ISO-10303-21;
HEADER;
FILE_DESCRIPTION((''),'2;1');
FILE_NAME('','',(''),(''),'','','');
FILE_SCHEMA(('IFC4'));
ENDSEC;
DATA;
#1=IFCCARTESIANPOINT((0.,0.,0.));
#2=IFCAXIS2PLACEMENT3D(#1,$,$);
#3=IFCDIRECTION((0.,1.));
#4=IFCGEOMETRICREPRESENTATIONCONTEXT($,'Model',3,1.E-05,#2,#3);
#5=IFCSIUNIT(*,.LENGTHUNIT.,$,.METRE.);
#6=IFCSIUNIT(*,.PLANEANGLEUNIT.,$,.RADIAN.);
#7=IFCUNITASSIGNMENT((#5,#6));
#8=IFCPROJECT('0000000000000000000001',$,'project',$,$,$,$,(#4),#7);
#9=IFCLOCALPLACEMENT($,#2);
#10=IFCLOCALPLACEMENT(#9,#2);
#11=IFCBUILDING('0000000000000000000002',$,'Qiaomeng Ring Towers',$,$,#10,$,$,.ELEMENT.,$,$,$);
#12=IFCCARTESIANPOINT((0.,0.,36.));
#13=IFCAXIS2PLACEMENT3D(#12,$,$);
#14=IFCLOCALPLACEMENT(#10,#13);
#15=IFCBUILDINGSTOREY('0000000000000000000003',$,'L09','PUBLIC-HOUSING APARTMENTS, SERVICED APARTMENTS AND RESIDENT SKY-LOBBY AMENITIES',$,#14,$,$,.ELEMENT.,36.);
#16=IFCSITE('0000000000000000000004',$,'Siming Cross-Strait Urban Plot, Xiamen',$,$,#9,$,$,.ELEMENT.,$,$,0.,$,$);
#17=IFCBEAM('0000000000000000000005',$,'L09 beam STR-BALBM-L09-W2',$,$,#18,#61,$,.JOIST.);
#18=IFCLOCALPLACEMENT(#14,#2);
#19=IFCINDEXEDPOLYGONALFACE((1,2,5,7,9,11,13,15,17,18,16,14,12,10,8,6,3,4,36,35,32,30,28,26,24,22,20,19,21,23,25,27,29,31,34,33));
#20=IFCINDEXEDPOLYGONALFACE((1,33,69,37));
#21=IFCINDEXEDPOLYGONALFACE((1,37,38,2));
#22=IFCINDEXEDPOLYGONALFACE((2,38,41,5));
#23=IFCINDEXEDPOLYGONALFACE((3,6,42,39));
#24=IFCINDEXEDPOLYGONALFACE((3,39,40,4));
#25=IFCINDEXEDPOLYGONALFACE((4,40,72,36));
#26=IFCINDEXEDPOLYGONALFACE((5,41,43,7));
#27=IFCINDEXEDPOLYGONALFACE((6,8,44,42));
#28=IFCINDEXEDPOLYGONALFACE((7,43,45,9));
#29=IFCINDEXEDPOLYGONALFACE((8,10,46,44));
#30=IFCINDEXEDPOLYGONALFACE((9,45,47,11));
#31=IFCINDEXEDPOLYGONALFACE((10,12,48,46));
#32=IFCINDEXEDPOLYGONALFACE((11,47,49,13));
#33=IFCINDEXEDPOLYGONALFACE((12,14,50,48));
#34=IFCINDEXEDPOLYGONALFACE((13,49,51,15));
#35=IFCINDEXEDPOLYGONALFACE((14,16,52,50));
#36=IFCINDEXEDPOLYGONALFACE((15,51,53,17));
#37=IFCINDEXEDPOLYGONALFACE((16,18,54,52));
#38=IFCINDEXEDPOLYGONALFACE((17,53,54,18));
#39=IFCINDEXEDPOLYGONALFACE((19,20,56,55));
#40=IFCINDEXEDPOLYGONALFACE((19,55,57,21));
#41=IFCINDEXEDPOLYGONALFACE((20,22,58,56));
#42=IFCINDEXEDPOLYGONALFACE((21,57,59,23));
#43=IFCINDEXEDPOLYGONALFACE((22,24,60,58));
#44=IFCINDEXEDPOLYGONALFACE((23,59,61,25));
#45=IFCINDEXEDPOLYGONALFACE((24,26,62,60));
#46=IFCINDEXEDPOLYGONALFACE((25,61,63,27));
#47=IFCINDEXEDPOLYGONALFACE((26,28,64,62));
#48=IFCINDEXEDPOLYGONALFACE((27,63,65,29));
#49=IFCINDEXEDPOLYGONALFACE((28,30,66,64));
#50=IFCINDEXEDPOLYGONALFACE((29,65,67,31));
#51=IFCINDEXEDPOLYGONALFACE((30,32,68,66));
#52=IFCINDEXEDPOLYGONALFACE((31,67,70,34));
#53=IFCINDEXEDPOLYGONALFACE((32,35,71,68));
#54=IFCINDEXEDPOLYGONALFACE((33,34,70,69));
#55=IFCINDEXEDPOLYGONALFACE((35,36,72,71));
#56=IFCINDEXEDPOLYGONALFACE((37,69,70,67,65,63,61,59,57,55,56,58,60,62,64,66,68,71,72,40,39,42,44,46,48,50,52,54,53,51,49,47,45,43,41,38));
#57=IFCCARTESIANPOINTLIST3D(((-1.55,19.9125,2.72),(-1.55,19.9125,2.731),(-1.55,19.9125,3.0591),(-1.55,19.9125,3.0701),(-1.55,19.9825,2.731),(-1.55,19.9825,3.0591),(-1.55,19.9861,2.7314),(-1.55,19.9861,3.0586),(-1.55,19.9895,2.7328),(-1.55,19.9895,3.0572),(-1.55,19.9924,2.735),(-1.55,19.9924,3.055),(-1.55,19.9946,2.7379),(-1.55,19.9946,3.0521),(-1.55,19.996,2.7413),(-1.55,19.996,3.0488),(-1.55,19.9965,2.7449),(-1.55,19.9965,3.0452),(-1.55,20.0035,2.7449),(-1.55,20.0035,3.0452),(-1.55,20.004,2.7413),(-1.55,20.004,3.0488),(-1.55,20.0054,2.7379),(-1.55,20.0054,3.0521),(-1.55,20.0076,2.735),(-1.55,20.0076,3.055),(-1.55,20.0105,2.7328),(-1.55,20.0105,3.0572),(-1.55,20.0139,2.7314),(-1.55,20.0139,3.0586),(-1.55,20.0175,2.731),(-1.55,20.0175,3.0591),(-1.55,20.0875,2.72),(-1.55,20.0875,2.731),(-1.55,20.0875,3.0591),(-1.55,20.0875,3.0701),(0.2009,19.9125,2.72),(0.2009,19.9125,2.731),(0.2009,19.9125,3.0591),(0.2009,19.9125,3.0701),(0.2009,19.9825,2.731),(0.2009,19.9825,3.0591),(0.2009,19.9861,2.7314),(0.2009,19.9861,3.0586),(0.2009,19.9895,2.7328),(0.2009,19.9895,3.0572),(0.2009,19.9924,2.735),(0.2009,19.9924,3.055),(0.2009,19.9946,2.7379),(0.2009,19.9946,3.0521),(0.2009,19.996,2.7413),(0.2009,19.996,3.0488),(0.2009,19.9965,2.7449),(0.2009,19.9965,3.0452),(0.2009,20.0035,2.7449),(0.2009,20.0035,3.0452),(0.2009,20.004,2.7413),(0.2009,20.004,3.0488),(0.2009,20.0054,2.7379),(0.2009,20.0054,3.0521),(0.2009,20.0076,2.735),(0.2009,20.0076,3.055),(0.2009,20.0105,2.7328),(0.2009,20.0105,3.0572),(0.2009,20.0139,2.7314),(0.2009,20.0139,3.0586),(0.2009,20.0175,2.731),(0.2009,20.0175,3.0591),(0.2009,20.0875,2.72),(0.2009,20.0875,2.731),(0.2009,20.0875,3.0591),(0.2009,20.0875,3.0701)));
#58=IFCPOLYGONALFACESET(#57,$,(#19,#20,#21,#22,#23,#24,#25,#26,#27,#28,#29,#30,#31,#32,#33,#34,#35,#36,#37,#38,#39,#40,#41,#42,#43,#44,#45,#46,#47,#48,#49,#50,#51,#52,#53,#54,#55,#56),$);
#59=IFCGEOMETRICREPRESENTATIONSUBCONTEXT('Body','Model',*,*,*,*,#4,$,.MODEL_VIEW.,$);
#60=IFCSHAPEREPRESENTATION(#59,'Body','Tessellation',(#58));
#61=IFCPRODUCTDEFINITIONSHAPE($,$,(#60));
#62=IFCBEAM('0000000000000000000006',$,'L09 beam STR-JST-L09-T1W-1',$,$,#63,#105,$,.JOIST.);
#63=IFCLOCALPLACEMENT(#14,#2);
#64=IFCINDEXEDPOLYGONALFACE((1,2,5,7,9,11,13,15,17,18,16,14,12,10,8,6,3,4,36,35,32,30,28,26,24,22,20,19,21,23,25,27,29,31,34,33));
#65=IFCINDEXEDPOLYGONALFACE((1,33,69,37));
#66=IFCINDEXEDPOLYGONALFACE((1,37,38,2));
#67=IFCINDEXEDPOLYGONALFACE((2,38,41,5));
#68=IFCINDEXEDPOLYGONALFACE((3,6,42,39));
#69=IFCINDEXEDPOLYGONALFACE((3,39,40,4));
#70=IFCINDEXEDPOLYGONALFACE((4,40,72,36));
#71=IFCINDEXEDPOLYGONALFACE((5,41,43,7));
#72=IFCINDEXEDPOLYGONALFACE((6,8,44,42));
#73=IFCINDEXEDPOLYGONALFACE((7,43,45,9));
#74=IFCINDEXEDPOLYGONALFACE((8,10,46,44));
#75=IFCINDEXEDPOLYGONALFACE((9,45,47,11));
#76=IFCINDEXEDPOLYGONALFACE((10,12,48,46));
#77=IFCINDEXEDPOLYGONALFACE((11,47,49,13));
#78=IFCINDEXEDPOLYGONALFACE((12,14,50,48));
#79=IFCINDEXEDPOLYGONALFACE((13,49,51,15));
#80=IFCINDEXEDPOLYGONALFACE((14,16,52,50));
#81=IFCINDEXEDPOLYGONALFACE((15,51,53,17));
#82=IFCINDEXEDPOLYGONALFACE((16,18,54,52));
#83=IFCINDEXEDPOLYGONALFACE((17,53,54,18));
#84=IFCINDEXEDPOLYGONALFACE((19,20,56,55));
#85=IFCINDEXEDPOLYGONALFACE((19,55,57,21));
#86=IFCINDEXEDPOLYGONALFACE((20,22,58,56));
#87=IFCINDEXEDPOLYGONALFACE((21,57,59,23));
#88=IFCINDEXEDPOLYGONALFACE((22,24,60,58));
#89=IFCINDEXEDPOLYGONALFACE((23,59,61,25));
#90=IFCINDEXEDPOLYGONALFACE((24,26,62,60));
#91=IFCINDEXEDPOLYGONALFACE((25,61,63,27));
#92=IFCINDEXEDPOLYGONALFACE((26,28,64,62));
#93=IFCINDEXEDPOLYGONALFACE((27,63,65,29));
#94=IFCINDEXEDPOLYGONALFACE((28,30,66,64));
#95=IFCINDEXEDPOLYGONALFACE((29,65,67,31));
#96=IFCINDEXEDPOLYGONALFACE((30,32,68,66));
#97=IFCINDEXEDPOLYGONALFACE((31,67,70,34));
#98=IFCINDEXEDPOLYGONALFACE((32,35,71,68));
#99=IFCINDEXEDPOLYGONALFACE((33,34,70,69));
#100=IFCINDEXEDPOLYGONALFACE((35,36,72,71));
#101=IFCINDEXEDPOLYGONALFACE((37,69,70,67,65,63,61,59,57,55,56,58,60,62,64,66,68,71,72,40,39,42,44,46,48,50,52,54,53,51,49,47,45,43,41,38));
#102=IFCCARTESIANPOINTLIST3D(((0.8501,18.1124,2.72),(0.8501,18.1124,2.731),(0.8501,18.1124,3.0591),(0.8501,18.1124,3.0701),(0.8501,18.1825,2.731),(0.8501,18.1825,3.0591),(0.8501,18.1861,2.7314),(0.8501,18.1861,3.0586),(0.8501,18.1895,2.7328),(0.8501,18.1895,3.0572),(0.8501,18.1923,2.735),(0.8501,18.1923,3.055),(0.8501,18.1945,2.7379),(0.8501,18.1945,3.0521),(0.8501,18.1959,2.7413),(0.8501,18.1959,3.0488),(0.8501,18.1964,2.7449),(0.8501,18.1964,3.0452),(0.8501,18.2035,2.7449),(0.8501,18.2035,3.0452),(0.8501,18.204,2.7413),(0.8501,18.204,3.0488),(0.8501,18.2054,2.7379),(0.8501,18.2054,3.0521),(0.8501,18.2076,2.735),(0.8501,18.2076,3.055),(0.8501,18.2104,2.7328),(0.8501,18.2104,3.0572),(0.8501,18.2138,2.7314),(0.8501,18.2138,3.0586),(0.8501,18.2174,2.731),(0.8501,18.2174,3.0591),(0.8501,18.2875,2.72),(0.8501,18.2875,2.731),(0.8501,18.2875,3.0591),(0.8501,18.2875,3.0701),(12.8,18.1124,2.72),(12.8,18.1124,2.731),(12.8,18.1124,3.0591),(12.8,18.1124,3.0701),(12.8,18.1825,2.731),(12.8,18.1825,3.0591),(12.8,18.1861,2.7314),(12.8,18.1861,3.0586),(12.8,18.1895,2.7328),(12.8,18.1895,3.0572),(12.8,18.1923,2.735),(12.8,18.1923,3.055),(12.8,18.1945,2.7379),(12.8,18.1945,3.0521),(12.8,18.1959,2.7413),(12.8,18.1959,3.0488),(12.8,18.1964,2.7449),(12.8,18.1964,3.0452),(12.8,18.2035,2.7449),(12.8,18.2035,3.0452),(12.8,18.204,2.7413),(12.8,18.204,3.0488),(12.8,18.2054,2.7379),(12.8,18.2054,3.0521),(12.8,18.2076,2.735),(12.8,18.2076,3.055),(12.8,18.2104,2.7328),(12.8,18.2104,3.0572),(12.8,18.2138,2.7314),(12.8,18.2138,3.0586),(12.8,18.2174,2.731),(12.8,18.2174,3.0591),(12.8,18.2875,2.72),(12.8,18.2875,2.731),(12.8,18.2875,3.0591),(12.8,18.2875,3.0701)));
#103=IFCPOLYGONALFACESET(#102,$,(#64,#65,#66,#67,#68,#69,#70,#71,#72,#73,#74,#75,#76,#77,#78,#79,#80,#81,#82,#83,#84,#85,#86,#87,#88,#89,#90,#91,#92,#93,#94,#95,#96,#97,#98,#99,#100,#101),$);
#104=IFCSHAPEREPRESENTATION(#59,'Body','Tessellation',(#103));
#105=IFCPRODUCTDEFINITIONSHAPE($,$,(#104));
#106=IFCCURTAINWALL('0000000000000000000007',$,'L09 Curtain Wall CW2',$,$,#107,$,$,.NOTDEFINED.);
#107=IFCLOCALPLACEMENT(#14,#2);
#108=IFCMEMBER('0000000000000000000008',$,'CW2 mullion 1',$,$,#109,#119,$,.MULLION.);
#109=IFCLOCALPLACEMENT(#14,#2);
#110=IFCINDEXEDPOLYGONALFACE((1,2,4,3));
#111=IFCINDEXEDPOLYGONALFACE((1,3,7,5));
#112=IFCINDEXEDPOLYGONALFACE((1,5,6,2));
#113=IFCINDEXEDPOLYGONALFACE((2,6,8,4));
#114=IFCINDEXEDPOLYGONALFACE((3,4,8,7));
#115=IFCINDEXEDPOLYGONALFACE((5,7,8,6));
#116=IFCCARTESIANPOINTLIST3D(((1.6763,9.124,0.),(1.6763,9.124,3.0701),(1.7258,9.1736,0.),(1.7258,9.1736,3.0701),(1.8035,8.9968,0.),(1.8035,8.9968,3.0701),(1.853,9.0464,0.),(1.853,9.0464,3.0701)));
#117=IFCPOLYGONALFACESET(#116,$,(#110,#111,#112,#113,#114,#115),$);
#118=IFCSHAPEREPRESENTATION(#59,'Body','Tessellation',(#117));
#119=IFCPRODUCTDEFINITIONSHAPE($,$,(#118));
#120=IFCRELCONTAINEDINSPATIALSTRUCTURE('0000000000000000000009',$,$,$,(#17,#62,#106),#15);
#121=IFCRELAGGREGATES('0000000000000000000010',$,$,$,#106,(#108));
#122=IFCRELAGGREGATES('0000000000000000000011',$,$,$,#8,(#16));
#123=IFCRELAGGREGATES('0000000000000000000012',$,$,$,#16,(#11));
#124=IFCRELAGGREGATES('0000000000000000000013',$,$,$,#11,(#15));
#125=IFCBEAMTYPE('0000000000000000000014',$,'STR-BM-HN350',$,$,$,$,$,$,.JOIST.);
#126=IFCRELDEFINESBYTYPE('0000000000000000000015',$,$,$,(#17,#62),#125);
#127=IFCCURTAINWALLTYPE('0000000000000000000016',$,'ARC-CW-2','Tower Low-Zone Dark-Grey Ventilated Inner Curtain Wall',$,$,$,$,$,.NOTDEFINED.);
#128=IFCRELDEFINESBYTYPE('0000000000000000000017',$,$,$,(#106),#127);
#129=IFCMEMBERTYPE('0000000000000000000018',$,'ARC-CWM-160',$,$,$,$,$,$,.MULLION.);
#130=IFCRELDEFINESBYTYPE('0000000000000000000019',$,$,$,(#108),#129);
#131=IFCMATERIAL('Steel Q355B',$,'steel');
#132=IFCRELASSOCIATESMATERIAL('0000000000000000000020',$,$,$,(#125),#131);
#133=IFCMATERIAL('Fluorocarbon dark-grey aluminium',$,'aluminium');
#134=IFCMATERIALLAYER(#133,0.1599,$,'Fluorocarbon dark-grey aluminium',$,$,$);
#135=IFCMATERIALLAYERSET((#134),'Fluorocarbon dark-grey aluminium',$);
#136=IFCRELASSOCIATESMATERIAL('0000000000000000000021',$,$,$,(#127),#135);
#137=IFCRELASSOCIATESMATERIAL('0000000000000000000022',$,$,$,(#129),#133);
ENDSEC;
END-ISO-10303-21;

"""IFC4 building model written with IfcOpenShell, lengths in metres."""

from ifc_helpers import new_model, si_unit, direction, frame, origin, origin_2d, place, context, subcontext, project, spatial, rectangle, i_section, extrude, source, transform, mapped, material, layer, layer_set, material_profile, profile_set, type_object, element, aggregate, save


model = new_model("IFC4")

# Units and contexts
model_context = context("Model", 3, precision=1e-05, world=origin(), true_north=direction((0.0, 1.0)))
body_context = subcontext(model_context, "Body", "Model", "MODEL_VIEW")
ifc_project = project(units=[si_unit("LENGTHUNIT", "METRE"), si_unit("PLANEANGLEUNIT", "RADIAN")], contexts=[model_context])

# Site, building, storey
site_placement = place(None, origin())
site = spatial("IfcSite", under=ifc_project, at=site_placement, Name="Siming Cross-Strait Urban Plot, Xiamen", CompositionType="ELEMENT", RefElevation=0.0)
building_placement = place(site_placement, origin())
building = spatial("IfcBuilding", under=site, at=building_placement, Name="Qiaomeng Ring Towers", CompositionType="ELEMENT")
storey_placement = place(building_placement, frame((0.0, 0.0, 36.0)))
storey = spatial("IfcBuildingStorey", under=building, at=storey_placement, Name="L09", Description="PUBLIC-HOUSING APARTMENTS, SERVICED APARTMENTS AND RESIDENT SKY-LOBBY AMENITIES", CompositionType="ELEMENT", Elevation=36.0)

# Beams
ifc_material_1 = material(Name="Steel Q355B", Category="steel")
ifc_material_profile_1 = material_profile(ifc_material_1, i_section(OverallWidth=0.175, OverallDepth=0.3501, WebThickness=0.0071, FlangeThickness=0.011, FilletRadius=0.0139, at=origin_2d()), Name="HN 350x175x7x11")
ifc_profile_set_1 = profile_set([ifc_material_profile_1], Name="Steel Q355B")
beam_type_1 = type_object("IfcBeamType", Name="STR-BM-HN350", PredefinedType="JOIST", material=ifc_profile_set_1)
shared_shape_1 = source(origin(), body_context, "Body", "SweptSolid", [
    extrude(i_section(OverallWidth=0.175, OverallDepth=0.3501, WebThickness=0.0071, FlangeThickness=0.011, FilletRadius=0.0139, at=origin_2d()), origin(), (0.0, 0.0, 1.0), 1.751),
])
beam_1_placement = place(storey_placement, frame((-1.55, 20.0, 2.895), z_axis=(1.0, 0.0, 0.0), x_axis=(0.0, 1.0, 0.0)))
element("IfcBeam", 1, at=beam_1_placement, inside=storey, type_object=beam_type_1, Name="L09 beam STR-BALBM-L09-W2", PredefinedType="JOIST", context=body_context, shape_type="MappedRepresentation", body=[
    mapped(shared_shape_1, transform((0.0, 0.0, 0.0), x_axis=(1.0, 0.0, 0.0), y_axis=(0.0, 1.0, 0.0), z_axis=(0.0, 0.0, 1.0), scale=1.0)),
])
shared_shape_2 = source(origin(), body_context, "Body", "SweptSolid", [
    extrude(i_section(OverallWidth=0.175, OverallDepth=0.3501, WebThickness=0.0071, FlangeThickness=0.011, FilletRadius=0.0139, at=origin_2d()), origin(), (0.0, 0.0, 1.0), 11.95),
])
beam_2_placement = place(storey_placement, frame((0.8501, 18.2, 2.895), z_axis=(1.0, 0.0, 0.0), x_axis=(0.0, 1.0, 0.0)))
element("IfcBeam", 2, at=beam_2_placement, inside=storey, type_object=beam_type_1, Name="L09 beam STR-JST-L09-T1W-1", PredefinedType="JOIST", context=body_context, shape_type="MappedRepresentation", body=[
    mapped(shared_shape_2, transform((0.0, 0.0, 0.0), x_axis=(1.0, 0.0, 0.0), y_axis=(0.0, 1.0, 0.0), z_axis=(0.0, 0.0, 1.0), scale=1.0)),
])

# Curtain wall, member
ifc_material_2 = material(Name="Fluorocarbon dark-grey aluminium", Category="aluminium")
ifc_layer_1 = layer(ifc_material_2, 0.1599, Name="Fluorocarbon dark-grey aluminium")
ifc_layer_set_1 = layer_set([ifc_layer_1], Name="Fluorocarbon dark-grey aluminium")
curtain_wall_type = type_object("IfcCurtainWallType", Name="ARC-CW-2", Description="Tower Low-Zone Dark-Grey Ventilated Inner Curtain Wall", PredefinedType="NOTDEFINED", material=ifc_layer_set_1)
curtain_wall_placement = place(storey_placement, origin())
curtain_wall = element("IfcCurtainWall", 3, at=curtain_wall_placement, inside=storey, type_object=curtain_wall_type, Name="L09 Curtain Wall CW2", PredefinedType="NOTDEFINED")
ifc_material_profile_2 = material_profile(ifc_material_2, rectangle(XDim=0.0701, YDim=0.1799, at=origin_2d()), Name="ALU MULL 70x180")
ifc_profile_set_2 = profile_set([ifc_material_profile_2], Name="Fluorocarbon dark-grey aluminium")
member_type = type_object("IfcMemberType", Name="ARC-CWM-160", PredefinedType="MULLION", material=ifc_profile_set_2)
shared_shape_3 = source(origin(), body_context, "Body", "SweptSolid", [
    extrude(rectangle(XDim=0.0701, YDim=0.1799, at=origin_2d()), origin(), (0.0, 0.0, 1.0), 3.0701),
])
member_placement = place(storey_placement, frame((1.7646, 9.0852, 0.0), z_axis=(0.0, 0.0, 1.0), x_axis=(0.707107, 0.707107, 0.0)))
member = element("IfcMember", 4, at=member_placement, type_object=member_type, Name="CW2 mullion 1", PredefinedType="MULLION", context=body_context, shape_type="MappedRepresentation", body=[
    mapped(shared_shape_3, transform((0.0, 0.0, 0.0), x_axis=(1.0, 0.0, 0.0), y_axis=(0.0, 1.0, 0.0), z_axis=(0.0, 0.0, 1.0), scale=1.0)),
])
aggregate(curtain_wall, [member])

save(model, "model.ifc")
